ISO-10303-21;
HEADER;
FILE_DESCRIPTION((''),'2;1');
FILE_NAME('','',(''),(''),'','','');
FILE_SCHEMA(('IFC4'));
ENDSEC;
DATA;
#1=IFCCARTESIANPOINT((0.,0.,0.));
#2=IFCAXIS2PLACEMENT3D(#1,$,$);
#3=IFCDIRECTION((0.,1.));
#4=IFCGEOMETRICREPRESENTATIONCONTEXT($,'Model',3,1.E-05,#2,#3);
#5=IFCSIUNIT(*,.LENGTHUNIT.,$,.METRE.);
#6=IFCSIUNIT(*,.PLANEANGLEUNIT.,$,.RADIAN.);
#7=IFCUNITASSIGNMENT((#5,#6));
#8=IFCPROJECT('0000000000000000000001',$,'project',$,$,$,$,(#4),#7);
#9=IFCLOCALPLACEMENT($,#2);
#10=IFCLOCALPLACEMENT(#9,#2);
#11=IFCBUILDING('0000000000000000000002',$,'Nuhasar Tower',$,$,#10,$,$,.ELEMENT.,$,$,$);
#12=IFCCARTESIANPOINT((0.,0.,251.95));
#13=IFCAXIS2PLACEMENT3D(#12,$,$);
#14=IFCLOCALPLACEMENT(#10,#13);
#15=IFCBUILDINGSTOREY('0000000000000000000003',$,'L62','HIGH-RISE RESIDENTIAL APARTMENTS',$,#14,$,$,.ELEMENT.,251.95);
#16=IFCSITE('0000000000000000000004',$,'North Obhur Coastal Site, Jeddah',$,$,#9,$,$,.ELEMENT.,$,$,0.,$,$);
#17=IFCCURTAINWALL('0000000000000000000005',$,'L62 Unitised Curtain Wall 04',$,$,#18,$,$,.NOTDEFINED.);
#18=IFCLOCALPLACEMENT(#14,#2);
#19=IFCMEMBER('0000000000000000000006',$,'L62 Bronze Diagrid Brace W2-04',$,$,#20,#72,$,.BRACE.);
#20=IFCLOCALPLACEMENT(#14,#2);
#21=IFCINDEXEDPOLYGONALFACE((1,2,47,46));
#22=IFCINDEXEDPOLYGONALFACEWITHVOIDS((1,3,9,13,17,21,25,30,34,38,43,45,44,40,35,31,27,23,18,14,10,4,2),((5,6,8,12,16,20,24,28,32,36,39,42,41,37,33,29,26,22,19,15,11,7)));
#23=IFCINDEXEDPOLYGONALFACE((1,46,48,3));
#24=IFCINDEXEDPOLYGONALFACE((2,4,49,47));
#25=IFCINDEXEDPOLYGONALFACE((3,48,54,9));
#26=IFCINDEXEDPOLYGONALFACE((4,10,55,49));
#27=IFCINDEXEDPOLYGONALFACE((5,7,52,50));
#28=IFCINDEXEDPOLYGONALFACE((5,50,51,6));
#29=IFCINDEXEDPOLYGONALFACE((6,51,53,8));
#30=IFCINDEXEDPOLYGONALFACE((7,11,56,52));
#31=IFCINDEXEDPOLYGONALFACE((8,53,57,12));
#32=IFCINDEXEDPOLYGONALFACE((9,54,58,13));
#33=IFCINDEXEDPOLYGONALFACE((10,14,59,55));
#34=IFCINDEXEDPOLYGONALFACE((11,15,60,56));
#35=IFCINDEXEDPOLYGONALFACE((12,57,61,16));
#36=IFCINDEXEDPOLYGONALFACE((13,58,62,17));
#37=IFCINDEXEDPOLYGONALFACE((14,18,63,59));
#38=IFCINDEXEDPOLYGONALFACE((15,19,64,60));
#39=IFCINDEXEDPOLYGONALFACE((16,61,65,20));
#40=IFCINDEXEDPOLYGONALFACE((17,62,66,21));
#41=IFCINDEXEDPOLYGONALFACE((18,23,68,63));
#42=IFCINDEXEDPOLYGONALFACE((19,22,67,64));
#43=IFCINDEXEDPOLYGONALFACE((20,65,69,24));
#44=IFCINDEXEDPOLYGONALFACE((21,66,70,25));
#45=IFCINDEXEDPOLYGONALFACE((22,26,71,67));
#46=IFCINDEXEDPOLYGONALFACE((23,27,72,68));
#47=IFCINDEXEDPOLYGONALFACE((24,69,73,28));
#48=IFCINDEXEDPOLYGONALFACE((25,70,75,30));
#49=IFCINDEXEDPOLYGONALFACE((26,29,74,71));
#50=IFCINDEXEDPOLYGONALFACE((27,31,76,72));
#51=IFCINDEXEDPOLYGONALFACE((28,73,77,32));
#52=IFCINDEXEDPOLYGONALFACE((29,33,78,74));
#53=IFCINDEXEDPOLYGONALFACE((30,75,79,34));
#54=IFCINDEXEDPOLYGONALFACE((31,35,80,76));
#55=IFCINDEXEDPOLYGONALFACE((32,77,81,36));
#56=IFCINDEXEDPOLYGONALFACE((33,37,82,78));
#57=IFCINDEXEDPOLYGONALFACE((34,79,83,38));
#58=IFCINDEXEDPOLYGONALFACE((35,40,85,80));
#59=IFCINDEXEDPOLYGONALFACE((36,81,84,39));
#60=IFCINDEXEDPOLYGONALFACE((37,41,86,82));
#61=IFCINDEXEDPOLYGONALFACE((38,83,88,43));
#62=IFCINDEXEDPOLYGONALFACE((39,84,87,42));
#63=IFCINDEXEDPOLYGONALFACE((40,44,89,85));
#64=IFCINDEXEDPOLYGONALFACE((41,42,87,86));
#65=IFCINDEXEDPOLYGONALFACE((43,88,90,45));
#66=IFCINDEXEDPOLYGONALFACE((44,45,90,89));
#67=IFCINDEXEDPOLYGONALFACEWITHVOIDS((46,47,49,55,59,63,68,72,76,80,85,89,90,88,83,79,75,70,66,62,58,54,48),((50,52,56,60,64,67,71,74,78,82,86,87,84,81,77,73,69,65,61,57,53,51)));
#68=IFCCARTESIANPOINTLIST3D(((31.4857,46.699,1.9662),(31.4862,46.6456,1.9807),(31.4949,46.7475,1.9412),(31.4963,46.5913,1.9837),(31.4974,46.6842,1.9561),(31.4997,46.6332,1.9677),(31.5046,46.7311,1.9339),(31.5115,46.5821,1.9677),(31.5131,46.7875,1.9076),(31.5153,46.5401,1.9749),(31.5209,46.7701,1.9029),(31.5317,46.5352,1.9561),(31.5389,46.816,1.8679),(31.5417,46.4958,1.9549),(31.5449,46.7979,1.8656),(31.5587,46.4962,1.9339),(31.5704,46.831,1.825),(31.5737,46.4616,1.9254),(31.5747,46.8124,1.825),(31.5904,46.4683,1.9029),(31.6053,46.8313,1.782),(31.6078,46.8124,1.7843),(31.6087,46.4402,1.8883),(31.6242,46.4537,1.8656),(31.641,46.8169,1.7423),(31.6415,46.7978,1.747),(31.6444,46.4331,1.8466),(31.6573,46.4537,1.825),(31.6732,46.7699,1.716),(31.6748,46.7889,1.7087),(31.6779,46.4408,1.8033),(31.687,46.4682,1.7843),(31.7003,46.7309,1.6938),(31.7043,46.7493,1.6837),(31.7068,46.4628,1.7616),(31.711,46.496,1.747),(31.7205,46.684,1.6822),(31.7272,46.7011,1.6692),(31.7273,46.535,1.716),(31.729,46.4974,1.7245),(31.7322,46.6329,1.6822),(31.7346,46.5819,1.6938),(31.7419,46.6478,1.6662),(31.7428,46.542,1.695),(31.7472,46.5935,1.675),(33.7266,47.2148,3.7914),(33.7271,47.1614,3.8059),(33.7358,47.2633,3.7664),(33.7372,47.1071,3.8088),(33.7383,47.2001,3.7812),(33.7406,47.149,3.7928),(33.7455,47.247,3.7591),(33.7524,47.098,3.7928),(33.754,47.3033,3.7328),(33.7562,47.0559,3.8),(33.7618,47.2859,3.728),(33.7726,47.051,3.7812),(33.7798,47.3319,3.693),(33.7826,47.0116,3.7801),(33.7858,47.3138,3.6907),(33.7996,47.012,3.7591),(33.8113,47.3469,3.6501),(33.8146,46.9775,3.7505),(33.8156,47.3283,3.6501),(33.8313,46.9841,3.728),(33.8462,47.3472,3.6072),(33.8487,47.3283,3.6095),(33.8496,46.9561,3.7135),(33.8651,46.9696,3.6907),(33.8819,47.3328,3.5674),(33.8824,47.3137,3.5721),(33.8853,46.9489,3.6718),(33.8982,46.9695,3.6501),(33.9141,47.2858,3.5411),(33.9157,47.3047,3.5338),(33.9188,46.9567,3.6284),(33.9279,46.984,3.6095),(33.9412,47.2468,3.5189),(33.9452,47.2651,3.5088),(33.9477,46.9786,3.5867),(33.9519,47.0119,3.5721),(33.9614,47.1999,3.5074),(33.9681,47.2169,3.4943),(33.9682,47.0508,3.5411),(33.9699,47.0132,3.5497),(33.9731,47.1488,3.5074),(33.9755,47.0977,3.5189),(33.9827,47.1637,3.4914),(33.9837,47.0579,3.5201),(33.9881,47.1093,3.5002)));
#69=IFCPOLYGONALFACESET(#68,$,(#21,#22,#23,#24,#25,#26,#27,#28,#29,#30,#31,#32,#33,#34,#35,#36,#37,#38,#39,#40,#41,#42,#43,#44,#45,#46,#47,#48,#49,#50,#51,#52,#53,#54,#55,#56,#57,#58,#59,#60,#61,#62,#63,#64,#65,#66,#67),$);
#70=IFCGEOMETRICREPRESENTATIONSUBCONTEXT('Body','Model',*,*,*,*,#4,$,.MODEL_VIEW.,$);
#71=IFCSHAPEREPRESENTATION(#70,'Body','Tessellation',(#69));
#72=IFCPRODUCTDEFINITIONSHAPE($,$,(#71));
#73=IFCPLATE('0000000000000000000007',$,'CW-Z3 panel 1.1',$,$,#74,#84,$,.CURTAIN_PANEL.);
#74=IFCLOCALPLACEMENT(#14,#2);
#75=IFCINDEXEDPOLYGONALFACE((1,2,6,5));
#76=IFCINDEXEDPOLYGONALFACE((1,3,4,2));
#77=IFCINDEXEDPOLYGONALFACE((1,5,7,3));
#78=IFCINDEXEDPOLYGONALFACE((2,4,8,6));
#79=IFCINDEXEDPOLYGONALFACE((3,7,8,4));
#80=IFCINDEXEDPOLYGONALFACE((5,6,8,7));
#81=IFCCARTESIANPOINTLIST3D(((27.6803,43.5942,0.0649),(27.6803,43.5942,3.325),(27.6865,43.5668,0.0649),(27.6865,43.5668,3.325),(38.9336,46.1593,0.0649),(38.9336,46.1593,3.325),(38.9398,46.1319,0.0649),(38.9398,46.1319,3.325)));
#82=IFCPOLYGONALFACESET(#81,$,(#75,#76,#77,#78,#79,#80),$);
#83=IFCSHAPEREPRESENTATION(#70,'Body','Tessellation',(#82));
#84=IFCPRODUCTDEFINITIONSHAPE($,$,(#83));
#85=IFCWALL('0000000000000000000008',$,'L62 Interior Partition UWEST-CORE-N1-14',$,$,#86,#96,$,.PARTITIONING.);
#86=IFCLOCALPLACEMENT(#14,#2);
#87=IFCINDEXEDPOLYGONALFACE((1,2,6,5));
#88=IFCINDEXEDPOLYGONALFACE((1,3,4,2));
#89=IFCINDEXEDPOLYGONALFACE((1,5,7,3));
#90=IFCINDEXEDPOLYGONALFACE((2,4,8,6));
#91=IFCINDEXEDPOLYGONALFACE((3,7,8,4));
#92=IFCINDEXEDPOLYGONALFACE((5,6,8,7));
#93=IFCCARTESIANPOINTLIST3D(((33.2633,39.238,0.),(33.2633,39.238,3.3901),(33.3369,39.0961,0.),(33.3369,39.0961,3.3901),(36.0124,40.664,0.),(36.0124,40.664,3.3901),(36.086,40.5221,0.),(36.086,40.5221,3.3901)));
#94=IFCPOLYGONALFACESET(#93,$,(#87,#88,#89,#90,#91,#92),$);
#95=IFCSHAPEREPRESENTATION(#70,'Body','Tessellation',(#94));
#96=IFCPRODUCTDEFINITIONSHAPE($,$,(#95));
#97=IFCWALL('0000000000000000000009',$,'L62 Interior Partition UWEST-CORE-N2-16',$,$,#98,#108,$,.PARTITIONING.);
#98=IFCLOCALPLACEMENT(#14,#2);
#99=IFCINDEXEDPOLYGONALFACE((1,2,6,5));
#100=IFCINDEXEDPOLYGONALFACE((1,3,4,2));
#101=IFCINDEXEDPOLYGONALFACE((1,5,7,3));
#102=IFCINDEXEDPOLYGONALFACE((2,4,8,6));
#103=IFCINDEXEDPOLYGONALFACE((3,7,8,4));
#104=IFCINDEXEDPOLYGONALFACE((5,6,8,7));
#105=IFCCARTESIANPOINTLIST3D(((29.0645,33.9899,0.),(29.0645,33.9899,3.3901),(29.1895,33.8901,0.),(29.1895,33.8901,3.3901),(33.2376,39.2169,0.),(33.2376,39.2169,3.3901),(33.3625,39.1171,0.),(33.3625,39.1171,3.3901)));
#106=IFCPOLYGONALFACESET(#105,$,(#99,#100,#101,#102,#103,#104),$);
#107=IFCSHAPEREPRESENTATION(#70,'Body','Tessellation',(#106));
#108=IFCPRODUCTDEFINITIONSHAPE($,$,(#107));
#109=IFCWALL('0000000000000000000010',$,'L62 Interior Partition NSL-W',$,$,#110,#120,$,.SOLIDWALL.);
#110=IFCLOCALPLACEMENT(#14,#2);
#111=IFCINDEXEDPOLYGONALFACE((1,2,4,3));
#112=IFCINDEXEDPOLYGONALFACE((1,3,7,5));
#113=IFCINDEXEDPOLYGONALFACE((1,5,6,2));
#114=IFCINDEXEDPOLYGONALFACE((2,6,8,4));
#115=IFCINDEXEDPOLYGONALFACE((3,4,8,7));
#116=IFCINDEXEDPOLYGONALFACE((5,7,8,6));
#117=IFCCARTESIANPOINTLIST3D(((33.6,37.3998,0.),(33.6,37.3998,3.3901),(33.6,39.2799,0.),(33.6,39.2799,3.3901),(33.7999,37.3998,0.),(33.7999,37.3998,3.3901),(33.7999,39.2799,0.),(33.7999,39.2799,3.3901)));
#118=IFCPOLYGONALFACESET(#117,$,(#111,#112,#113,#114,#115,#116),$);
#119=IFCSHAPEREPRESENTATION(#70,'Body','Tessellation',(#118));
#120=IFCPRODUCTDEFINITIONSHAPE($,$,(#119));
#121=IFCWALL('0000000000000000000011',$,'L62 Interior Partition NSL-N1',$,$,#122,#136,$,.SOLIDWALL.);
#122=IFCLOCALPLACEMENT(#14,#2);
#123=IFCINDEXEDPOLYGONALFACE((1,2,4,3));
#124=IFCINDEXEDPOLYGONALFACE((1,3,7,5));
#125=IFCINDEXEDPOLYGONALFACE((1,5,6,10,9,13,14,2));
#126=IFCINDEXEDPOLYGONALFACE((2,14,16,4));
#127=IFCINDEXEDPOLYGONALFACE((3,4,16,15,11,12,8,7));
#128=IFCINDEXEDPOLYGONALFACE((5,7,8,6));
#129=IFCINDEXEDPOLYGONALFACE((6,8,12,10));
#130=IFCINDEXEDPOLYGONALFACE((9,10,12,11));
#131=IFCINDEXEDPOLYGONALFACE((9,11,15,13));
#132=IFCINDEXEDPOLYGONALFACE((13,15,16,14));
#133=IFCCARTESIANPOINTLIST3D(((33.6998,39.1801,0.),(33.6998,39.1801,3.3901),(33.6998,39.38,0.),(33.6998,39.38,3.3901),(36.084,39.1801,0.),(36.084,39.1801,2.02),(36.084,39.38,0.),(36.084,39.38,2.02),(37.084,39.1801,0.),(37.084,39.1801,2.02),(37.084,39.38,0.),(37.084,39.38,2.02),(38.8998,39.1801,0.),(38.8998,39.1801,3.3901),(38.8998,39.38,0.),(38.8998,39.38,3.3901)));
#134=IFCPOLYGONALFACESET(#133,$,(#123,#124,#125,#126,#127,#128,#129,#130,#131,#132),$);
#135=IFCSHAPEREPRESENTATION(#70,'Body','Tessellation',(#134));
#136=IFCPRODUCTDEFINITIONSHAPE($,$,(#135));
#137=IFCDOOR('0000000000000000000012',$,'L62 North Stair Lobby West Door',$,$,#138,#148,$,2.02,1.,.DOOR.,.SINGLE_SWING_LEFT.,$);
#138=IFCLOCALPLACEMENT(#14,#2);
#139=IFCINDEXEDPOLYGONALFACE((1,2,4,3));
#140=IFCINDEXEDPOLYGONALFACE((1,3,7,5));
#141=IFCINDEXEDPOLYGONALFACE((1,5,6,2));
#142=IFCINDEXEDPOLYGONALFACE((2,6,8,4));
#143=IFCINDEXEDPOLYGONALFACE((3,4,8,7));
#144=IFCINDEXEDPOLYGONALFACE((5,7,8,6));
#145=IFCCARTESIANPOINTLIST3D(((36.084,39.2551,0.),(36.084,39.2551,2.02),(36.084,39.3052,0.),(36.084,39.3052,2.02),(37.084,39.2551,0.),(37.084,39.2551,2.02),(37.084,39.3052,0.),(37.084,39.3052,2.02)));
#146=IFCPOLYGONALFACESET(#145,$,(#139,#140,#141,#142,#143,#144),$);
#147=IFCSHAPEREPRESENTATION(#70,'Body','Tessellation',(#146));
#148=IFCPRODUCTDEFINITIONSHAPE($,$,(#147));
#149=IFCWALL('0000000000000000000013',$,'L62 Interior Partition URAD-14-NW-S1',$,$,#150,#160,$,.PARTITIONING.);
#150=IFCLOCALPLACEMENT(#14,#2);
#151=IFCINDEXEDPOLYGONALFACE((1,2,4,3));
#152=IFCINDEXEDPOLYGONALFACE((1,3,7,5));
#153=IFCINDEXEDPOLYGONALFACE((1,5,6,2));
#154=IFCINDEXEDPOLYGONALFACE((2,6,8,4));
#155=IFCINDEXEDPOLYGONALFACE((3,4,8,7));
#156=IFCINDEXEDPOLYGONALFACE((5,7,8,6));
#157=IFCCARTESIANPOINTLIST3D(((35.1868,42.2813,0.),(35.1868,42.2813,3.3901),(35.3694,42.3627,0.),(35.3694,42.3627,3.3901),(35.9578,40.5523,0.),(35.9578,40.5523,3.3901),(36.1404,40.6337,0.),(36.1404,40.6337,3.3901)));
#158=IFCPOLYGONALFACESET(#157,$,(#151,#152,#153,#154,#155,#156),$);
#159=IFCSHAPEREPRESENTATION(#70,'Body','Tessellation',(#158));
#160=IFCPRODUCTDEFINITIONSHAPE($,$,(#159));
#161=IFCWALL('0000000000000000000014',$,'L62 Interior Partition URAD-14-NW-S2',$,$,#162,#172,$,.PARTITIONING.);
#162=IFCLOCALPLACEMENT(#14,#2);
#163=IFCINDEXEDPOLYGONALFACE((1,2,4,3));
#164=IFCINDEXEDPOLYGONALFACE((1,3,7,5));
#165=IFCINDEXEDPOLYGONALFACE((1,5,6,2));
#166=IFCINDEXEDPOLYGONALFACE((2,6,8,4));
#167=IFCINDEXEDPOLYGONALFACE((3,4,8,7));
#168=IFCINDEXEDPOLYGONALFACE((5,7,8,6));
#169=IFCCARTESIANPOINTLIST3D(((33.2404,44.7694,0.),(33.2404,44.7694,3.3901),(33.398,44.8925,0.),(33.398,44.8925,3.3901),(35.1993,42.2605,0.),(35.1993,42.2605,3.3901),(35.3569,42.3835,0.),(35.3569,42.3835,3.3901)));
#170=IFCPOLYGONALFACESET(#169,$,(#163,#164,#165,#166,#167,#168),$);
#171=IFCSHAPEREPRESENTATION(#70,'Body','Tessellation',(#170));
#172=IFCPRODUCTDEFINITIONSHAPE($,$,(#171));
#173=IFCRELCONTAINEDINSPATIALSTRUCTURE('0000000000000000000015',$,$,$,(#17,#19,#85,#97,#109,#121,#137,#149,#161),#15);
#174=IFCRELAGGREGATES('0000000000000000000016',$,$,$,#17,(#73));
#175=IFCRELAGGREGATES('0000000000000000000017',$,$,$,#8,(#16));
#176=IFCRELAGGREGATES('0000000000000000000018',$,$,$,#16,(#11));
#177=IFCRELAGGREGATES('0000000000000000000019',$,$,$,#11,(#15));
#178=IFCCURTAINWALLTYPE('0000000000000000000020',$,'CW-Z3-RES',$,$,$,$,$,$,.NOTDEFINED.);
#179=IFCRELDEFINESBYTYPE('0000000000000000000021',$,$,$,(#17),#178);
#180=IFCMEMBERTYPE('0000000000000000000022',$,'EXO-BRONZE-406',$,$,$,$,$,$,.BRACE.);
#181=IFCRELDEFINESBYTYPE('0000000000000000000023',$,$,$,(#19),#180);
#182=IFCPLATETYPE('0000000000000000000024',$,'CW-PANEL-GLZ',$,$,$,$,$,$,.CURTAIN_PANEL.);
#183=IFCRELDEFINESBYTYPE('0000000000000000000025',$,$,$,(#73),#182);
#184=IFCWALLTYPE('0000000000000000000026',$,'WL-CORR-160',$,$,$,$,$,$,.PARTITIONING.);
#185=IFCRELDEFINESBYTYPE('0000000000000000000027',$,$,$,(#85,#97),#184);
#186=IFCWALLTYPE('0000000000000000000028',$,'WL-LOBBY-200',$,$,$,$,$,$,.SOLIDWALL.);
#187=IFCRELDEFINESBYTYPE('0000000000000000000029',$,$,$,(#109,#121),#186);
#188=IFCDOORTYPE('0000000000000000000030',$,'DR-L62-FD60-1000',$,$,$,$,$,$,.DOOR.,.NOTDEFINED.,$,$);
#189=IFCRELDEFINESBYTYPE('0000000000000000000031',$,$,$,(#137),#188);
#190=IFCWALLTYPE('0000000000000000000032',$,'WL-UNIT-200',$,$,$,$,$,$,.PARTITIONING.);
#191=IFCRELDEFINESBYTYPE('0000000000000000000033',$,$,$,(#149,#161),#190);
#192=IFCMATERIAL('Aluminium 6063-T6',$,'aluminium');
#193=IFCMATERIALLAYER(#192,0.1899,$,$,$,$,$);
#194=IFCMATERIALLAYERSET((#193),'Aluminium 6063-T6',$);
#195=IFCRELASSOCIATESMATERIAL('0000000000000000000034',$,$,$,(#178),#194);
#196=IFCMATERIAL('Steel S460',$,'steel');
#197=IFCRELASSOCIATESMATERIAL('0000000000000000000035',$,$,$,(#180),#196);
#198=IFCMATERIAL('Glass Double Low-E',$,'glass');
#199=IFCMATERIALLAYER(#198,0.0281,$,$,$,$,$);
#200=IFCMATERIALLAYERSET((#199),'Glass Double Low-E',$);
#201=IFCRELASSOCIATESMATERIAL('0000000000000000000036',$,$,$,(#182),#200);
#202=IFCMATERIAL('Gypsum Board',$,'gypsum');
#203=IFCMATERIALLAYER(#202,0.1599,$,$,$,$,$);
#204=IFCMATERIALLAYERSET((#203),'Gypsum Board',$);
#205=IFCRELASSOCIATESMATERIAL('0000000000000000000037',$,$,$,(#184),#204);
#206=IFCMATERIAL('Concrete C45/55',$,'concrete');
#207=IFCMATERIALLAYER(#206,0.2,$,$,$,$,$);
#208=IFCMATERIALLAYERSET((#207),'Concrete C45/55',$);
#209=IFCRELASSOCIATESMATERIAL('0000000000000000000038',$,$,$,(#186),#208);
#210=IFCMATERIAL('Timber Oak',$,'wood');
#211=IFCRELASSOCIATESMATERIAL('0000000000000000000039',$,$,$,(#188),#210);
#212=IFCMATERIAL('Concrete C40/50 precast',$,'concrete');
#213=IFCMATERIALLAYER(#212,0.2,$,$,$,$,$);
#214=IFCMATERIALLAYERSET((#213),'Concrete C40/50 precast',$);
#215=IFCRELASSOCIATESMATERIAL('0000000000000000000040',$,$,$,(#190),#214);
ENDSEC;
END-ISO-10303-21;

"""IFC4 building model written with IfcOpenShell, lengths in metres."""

from ifc_helpers import new_model, si_unit, direction, frame, frame_2d, origin, origin_2d, place, context, subcontext, project, spatial, rectangle, hollow_circle, extrude, material, layer, layer_set, material_profile, profile_set, type_object, element, fill, aggregate, save


model = new_model("IFC4")

# Units and contexts
model_context = context("Model", 3, precision=1e-05, world=origin(), true_north=direction((0.0, 1.0)))
body_context = subcontext(model_context, "Body", "Model", "MODEL_VIEW")
ifc_project = project(units=[si_unit("LENGTHUNIT", "METRE"), si_unit("PLANEANGLEUNIT", "RADIAN")], contexts=[model_context])

# Site, building, storey
site_placement = place(None, origin())
site = spatial("IfcSite", under=ifc_project, at=site_placement, Name="North Obhur Coastal Site, Jeddah", CompositionType="ELEMENT", RefElevation=0.0)
building_placement = place(site_placement, origin())
building = spatial("IfcBuilding", under=site, at=building_placement, Name="Nuhasar Tower", CompositionType="ELEMENT")
storey_placement = place(building_placement, frame((0.0, 0.0, 251.95)))
storey = spatial("IfcBuildingStorey", under=building, at=storey_placement, Name="L62", Description="HIGH-RISE RESIDENTIAL APARTMENTS", CompositionType="ELEMENT", Elevation=251.95)

# Curtain wall
ifc_material_1 = material(Name="Aluminium 6063-T6", Category="aluminium")
ifc_layer_1 = layer(ifc_material_1, 0.1899)
ifc_layer_set_1 = layer_set([ifc_layer_1], Name="Aluminium 6063-T6")
curtain_wall_type = type_object("IfcCurtainWallType", Name="CW-Z3-RES", PredefinedType="NOTDEFINED", material=ifc_layer_set_1)
curtain_wall_placement = place(storey_placement, origin())
curtain_wall = element("IfcCurtainWall", 1, at=curtain_wall_placement, inside=storey, type_object=curtain_wall_type, Name="L62 Unitised Curtain Wall 04", PredefinedType="NOTDEFINED")

# Member
ifc_material_2 = material(Name="Steel S460", Category="steel")
ifc_material_profile_1 = material_profile(ifc_material_2, hollow_circle(Radius=0.2031, WallThickness=0.019, at=origin_2d()), Name="HSS406.4X19.1")
ifc_profile_set_1 = profile_set([ifc_material_profile_1], Name="Steel S460")
member_type_1 = type_object("IfcMemberType", Name="EXO-BRONZE-406", PredefinedType="BRACE", material=ifc_profile_set_1)
for number, where, z_axis, x_axis, name in (
    (2, (31.616, 46.6331, 1.825), (0.763303, 0.175712, 0.621686), (-0.224332, 0.974513, 0.0), "L62 Bronze Diagrid Brace W2-04"),
):
    element("IfcMember", number, at=place(storey_placement, frame(where, z_axis=z_axis, x_axis=x_axis)), inside=storey, type_object=member_type_1, Name=name, PredefinedType="BRACE", context=body_context, shape_type="SweptSolid", body=[
        extrude(hollow_circle(Radius=0.2031, WallThickness=0.019, at=origin_2d()), origin(), (0.0, 0.0, 1.0), 2.9358),
    ])

# Plate
ifc_material_3 = material(Name="Glass Double Low-E", Category="glass")
ifc_layer_2 = layer(ifc_material_3, 0.0281)
ifc_layer_set_2 = layer_set([ifc_layer_2], Name="Glass Double Low-E")
plate_type = type_object("IfcPlateType", Name="CW-PANEL-GLZ", PredefinedType="CURTAIN_PANEL", material=ifc_layer_set_2)
plate_placement = place(storey_placement, frame((33.3101, 44.863, 0.0649), z_axis=(0.0, 0.0, 1.0), x_axis=(-0.974991, -0.222243, 0.0)))
plate = element("IfcPlate", 3, at=plate_placement, type_object=plate_type, Name="CW-Z3 panel 1.1", PredefinedType="CURTAIN_PANEL", context=body_context, shape_type="SweptSolid", body=[
    extrude(rectangle(XDim=11.542, YDim=0.0281, at=origin_2d()), origin(), (0.0, 0.0, 1.0), 3.26),
])
aggregate(curtain_wall, [plate])

# Walls
ifc_material_4 = material(Name="Gypsum Board", Category="gypsum")
ifc_layer_3 = layer(ifc_material_4, 0.1599)
ifc_layer_set_3 = layer_set([ifc_layer_3], Name="Gypsum Board")
wall_type_1 = type_object("IfcWallType", Name="WL-CORR-160", PredefinedType="PARTITIONING", material=ifc_layer_set_3)
wall_1_placement = place(storey_placement, frame((36.0491, 40.593, 0.0), z_axis=(0.0, 0.0, 1.0), x_axis=(-0.887675, -0.460471, 0.0)))
element("IfcWall", 4, at=wall_1_placement, inside=storey, type_object=wall_type_1, Name="L62 Interior Partition UWEST-CORE-N1-14", PredefinedType="PARTITIONING", context=body_context, shape_type="SweptSolid", body=[
    extrude(rectangle(XDim=3.0969, YDim=0.1599, at=frame_2d((1.5483, 0.0))), origin(), (0.0, 0.0, 1.0), 3.3901),
])
wall_2_placement = place(storey_placement, frame((33.3, 39.167, 0.0), z_axis=(0.0, 0.0, 1.0), x_axis=(-0.623916, -0.781492, 0.0)))
element("IfcWall", 5, at=wall_2_placement, inside=storey, type_object=wall_type_1, Name="L62 Interior Partition UWEST-CORE-N2-16", PredefinedType="PARTITIONING", context=body_context, shape_type="SweptSolid", body=[
    extrude(rectangle(XDim=6.6885, YDim=0.1599, at=frame_2d((3.3442, 0.0))), origin(), (0.0, 0.0, 1.0), 3.3901),
])
ifc_material_5 = material(Name="Concrete C45/55", Category="concrete")
ifc_layer_4 = layer(ifc_material_5, 0.2)
ifc_layer_set_4 = layer_set([ifc_layer_4], Name="Concrete C45/55")
wall_type_2 = type_object("IfcWallType", Name="WL-LOBBY-200", PredefinedType="SOLIDWALL", material=ifc_layer_set_4)
wall_3_placement = place(storey_placement, frame((33.7, 37.3999, 0.0), z_axis=(0.0, 0.0, 1.0), x_axis=(0.0, 1.0, 0.0)))
element("IfcWall", 6, at=wall_3_placement, inside=storey, type_object=wall_type_2, Name="L62 Interior Partition NSL-W", PredefinedType="SOLIDWALL", context=body_context, shape_type="SweptSolid", body=[
    extrude(rectangle(XDim=1.8801, YDim=0.2, at=frame_2d((0.9399, 0.0))), origin(), (0.0, 0.0, 1.0), 3.3901),
])

# Wall, opening, door
wall_4_placement = place(storey_placement, frame((38.8999, 39.28, 0.0), z_axis=(0.0, 0.0, 1.0), x_axis=(-1.0, 0.0, 0.0)))
wall_4 = element("IfcWall", 7, at=wall_4_placement, inside=storey, type_object=wall_type_2, Name="L62 Interior Partition NSL-N1", PredefinedType="SOLIDWALL", context=body_context, shape_type="SweptSolid", body=[
    extrude(rectangle(XDim=5.2, YDim=0.2, at=frame_2d((2.6001, 0.0))), origin(), (0.0, 0.0, 1.0), 3.3901),
])
opening_1_placement = place(wall_4_placement, frame((1.8159, 0.0, 0.0)))
opening_1 = element("IfcOpeningElement", 8, at=opening_1_placement, cuts=wall_4, PredefinedType="OPENING", context=body_context, shape_type="SweptSolid", body=[
    extrude(rectangle(XDim=1.0, YDim=2.02, at=frame_2d((0.5, 1.01))), frame((0.0, 0.1099, 0.0), z_axis=(0.0, -1.0, 0.0), x_axis=(1.0, 0.0, 0.0)), (0.0, 0.0, 1.0), 0.22),
])
ifc_material_6 = material(Name="Timber Oak", Category="wood")
door_type_1 = type_object("IfcDoorType", Name="DR-L62-FD60-1000", OperationType="NOTDEFINED", PredefinedType="DOOR", material=ifc_material_6)
door_1_placement = place(opening_1_placement, origin())
door_1 = element("IfcDoor", 9, at=door_1_placement, inside=storey, type_object=door_type_1, Name="L62 North Stair Lobby West Door", OperationType="SINGLE_SWING_LEFT", OverallHeight=2.02, OverallWidth=1.0, PredefinedType="DOOR", context=body_context, shape_type="SweptSolid", body=[
    extrude(rectangle(XDim=1.0, YDim=2.02, at=frame_2d((0.5, 1.01))), frame((0.0, 0.0249, 0.0), z_axis=(0.0, -1.0, 0.0), x_axis=(1.0, 0.0, 0.0)), (0.0, 0.0, 1.0), 0.05),
])
fill(opening_1, door_1)

# Walls
ifc_material_7 = material(Name="Concrete C40/50 precast", Category="concrete")
ifc_layer_5 = layer(ifc_material_7, 0.2)
ifc_layer_set_5 = layer_set([ifc_layer_5], Name="Concrete C40/50 precast")
wall_type_3 = type_object("IfcWallType", Name="WL-UNIT-200", PredefinedType="PARTITIONING", material=ifc_layer_set_5)
wall_5_placement = place(storey_placement, frame((36.0491, 40.593, 0.0), z_axis=(0.0, 0.0, 1.0), x_axis=(-0.407263, 0.913311, 0.0)))
element("IfcWall", 10, at=wall_5_placement, inside=storey, type_object=wall_type_3, Name="L62 Interior Partition URAD-14-NW-S1", PredefinedType="PARTITIONING", context=body_context, shape_type="SweptSolid", body=[
    extrude(rectangle(XDim=1.8931, YDim=0.2, at=frame_2d((0.9465, 0.0))), origin(), (0.0, 0.0, 1.0), 3.3901),
])
wall_6_placement = place(storey_placement, frame((35.2781, 42.322, 0.0), z_axis=(0.0, 0.0, 1.0), x_axis=(-0.61541, 0.788207, 0.0)))
element("IfcWall", 11, at=wall_6_placement, inside=storey, type_object=wall_type_3, Name="L62 Interior Partition URAD-14-NW-S2", PredefinedType="PARTITIONING", context=body_context, shape_type="SweptSolid", body=[
    extrude(rectangle(XDim=3.1831, YDim=0.2, at=frame_2d((1.5916, 0.0))), origin(), (0.0, 0.0, 1.0), 3.3901),
])

save(model, "model.ifc")
